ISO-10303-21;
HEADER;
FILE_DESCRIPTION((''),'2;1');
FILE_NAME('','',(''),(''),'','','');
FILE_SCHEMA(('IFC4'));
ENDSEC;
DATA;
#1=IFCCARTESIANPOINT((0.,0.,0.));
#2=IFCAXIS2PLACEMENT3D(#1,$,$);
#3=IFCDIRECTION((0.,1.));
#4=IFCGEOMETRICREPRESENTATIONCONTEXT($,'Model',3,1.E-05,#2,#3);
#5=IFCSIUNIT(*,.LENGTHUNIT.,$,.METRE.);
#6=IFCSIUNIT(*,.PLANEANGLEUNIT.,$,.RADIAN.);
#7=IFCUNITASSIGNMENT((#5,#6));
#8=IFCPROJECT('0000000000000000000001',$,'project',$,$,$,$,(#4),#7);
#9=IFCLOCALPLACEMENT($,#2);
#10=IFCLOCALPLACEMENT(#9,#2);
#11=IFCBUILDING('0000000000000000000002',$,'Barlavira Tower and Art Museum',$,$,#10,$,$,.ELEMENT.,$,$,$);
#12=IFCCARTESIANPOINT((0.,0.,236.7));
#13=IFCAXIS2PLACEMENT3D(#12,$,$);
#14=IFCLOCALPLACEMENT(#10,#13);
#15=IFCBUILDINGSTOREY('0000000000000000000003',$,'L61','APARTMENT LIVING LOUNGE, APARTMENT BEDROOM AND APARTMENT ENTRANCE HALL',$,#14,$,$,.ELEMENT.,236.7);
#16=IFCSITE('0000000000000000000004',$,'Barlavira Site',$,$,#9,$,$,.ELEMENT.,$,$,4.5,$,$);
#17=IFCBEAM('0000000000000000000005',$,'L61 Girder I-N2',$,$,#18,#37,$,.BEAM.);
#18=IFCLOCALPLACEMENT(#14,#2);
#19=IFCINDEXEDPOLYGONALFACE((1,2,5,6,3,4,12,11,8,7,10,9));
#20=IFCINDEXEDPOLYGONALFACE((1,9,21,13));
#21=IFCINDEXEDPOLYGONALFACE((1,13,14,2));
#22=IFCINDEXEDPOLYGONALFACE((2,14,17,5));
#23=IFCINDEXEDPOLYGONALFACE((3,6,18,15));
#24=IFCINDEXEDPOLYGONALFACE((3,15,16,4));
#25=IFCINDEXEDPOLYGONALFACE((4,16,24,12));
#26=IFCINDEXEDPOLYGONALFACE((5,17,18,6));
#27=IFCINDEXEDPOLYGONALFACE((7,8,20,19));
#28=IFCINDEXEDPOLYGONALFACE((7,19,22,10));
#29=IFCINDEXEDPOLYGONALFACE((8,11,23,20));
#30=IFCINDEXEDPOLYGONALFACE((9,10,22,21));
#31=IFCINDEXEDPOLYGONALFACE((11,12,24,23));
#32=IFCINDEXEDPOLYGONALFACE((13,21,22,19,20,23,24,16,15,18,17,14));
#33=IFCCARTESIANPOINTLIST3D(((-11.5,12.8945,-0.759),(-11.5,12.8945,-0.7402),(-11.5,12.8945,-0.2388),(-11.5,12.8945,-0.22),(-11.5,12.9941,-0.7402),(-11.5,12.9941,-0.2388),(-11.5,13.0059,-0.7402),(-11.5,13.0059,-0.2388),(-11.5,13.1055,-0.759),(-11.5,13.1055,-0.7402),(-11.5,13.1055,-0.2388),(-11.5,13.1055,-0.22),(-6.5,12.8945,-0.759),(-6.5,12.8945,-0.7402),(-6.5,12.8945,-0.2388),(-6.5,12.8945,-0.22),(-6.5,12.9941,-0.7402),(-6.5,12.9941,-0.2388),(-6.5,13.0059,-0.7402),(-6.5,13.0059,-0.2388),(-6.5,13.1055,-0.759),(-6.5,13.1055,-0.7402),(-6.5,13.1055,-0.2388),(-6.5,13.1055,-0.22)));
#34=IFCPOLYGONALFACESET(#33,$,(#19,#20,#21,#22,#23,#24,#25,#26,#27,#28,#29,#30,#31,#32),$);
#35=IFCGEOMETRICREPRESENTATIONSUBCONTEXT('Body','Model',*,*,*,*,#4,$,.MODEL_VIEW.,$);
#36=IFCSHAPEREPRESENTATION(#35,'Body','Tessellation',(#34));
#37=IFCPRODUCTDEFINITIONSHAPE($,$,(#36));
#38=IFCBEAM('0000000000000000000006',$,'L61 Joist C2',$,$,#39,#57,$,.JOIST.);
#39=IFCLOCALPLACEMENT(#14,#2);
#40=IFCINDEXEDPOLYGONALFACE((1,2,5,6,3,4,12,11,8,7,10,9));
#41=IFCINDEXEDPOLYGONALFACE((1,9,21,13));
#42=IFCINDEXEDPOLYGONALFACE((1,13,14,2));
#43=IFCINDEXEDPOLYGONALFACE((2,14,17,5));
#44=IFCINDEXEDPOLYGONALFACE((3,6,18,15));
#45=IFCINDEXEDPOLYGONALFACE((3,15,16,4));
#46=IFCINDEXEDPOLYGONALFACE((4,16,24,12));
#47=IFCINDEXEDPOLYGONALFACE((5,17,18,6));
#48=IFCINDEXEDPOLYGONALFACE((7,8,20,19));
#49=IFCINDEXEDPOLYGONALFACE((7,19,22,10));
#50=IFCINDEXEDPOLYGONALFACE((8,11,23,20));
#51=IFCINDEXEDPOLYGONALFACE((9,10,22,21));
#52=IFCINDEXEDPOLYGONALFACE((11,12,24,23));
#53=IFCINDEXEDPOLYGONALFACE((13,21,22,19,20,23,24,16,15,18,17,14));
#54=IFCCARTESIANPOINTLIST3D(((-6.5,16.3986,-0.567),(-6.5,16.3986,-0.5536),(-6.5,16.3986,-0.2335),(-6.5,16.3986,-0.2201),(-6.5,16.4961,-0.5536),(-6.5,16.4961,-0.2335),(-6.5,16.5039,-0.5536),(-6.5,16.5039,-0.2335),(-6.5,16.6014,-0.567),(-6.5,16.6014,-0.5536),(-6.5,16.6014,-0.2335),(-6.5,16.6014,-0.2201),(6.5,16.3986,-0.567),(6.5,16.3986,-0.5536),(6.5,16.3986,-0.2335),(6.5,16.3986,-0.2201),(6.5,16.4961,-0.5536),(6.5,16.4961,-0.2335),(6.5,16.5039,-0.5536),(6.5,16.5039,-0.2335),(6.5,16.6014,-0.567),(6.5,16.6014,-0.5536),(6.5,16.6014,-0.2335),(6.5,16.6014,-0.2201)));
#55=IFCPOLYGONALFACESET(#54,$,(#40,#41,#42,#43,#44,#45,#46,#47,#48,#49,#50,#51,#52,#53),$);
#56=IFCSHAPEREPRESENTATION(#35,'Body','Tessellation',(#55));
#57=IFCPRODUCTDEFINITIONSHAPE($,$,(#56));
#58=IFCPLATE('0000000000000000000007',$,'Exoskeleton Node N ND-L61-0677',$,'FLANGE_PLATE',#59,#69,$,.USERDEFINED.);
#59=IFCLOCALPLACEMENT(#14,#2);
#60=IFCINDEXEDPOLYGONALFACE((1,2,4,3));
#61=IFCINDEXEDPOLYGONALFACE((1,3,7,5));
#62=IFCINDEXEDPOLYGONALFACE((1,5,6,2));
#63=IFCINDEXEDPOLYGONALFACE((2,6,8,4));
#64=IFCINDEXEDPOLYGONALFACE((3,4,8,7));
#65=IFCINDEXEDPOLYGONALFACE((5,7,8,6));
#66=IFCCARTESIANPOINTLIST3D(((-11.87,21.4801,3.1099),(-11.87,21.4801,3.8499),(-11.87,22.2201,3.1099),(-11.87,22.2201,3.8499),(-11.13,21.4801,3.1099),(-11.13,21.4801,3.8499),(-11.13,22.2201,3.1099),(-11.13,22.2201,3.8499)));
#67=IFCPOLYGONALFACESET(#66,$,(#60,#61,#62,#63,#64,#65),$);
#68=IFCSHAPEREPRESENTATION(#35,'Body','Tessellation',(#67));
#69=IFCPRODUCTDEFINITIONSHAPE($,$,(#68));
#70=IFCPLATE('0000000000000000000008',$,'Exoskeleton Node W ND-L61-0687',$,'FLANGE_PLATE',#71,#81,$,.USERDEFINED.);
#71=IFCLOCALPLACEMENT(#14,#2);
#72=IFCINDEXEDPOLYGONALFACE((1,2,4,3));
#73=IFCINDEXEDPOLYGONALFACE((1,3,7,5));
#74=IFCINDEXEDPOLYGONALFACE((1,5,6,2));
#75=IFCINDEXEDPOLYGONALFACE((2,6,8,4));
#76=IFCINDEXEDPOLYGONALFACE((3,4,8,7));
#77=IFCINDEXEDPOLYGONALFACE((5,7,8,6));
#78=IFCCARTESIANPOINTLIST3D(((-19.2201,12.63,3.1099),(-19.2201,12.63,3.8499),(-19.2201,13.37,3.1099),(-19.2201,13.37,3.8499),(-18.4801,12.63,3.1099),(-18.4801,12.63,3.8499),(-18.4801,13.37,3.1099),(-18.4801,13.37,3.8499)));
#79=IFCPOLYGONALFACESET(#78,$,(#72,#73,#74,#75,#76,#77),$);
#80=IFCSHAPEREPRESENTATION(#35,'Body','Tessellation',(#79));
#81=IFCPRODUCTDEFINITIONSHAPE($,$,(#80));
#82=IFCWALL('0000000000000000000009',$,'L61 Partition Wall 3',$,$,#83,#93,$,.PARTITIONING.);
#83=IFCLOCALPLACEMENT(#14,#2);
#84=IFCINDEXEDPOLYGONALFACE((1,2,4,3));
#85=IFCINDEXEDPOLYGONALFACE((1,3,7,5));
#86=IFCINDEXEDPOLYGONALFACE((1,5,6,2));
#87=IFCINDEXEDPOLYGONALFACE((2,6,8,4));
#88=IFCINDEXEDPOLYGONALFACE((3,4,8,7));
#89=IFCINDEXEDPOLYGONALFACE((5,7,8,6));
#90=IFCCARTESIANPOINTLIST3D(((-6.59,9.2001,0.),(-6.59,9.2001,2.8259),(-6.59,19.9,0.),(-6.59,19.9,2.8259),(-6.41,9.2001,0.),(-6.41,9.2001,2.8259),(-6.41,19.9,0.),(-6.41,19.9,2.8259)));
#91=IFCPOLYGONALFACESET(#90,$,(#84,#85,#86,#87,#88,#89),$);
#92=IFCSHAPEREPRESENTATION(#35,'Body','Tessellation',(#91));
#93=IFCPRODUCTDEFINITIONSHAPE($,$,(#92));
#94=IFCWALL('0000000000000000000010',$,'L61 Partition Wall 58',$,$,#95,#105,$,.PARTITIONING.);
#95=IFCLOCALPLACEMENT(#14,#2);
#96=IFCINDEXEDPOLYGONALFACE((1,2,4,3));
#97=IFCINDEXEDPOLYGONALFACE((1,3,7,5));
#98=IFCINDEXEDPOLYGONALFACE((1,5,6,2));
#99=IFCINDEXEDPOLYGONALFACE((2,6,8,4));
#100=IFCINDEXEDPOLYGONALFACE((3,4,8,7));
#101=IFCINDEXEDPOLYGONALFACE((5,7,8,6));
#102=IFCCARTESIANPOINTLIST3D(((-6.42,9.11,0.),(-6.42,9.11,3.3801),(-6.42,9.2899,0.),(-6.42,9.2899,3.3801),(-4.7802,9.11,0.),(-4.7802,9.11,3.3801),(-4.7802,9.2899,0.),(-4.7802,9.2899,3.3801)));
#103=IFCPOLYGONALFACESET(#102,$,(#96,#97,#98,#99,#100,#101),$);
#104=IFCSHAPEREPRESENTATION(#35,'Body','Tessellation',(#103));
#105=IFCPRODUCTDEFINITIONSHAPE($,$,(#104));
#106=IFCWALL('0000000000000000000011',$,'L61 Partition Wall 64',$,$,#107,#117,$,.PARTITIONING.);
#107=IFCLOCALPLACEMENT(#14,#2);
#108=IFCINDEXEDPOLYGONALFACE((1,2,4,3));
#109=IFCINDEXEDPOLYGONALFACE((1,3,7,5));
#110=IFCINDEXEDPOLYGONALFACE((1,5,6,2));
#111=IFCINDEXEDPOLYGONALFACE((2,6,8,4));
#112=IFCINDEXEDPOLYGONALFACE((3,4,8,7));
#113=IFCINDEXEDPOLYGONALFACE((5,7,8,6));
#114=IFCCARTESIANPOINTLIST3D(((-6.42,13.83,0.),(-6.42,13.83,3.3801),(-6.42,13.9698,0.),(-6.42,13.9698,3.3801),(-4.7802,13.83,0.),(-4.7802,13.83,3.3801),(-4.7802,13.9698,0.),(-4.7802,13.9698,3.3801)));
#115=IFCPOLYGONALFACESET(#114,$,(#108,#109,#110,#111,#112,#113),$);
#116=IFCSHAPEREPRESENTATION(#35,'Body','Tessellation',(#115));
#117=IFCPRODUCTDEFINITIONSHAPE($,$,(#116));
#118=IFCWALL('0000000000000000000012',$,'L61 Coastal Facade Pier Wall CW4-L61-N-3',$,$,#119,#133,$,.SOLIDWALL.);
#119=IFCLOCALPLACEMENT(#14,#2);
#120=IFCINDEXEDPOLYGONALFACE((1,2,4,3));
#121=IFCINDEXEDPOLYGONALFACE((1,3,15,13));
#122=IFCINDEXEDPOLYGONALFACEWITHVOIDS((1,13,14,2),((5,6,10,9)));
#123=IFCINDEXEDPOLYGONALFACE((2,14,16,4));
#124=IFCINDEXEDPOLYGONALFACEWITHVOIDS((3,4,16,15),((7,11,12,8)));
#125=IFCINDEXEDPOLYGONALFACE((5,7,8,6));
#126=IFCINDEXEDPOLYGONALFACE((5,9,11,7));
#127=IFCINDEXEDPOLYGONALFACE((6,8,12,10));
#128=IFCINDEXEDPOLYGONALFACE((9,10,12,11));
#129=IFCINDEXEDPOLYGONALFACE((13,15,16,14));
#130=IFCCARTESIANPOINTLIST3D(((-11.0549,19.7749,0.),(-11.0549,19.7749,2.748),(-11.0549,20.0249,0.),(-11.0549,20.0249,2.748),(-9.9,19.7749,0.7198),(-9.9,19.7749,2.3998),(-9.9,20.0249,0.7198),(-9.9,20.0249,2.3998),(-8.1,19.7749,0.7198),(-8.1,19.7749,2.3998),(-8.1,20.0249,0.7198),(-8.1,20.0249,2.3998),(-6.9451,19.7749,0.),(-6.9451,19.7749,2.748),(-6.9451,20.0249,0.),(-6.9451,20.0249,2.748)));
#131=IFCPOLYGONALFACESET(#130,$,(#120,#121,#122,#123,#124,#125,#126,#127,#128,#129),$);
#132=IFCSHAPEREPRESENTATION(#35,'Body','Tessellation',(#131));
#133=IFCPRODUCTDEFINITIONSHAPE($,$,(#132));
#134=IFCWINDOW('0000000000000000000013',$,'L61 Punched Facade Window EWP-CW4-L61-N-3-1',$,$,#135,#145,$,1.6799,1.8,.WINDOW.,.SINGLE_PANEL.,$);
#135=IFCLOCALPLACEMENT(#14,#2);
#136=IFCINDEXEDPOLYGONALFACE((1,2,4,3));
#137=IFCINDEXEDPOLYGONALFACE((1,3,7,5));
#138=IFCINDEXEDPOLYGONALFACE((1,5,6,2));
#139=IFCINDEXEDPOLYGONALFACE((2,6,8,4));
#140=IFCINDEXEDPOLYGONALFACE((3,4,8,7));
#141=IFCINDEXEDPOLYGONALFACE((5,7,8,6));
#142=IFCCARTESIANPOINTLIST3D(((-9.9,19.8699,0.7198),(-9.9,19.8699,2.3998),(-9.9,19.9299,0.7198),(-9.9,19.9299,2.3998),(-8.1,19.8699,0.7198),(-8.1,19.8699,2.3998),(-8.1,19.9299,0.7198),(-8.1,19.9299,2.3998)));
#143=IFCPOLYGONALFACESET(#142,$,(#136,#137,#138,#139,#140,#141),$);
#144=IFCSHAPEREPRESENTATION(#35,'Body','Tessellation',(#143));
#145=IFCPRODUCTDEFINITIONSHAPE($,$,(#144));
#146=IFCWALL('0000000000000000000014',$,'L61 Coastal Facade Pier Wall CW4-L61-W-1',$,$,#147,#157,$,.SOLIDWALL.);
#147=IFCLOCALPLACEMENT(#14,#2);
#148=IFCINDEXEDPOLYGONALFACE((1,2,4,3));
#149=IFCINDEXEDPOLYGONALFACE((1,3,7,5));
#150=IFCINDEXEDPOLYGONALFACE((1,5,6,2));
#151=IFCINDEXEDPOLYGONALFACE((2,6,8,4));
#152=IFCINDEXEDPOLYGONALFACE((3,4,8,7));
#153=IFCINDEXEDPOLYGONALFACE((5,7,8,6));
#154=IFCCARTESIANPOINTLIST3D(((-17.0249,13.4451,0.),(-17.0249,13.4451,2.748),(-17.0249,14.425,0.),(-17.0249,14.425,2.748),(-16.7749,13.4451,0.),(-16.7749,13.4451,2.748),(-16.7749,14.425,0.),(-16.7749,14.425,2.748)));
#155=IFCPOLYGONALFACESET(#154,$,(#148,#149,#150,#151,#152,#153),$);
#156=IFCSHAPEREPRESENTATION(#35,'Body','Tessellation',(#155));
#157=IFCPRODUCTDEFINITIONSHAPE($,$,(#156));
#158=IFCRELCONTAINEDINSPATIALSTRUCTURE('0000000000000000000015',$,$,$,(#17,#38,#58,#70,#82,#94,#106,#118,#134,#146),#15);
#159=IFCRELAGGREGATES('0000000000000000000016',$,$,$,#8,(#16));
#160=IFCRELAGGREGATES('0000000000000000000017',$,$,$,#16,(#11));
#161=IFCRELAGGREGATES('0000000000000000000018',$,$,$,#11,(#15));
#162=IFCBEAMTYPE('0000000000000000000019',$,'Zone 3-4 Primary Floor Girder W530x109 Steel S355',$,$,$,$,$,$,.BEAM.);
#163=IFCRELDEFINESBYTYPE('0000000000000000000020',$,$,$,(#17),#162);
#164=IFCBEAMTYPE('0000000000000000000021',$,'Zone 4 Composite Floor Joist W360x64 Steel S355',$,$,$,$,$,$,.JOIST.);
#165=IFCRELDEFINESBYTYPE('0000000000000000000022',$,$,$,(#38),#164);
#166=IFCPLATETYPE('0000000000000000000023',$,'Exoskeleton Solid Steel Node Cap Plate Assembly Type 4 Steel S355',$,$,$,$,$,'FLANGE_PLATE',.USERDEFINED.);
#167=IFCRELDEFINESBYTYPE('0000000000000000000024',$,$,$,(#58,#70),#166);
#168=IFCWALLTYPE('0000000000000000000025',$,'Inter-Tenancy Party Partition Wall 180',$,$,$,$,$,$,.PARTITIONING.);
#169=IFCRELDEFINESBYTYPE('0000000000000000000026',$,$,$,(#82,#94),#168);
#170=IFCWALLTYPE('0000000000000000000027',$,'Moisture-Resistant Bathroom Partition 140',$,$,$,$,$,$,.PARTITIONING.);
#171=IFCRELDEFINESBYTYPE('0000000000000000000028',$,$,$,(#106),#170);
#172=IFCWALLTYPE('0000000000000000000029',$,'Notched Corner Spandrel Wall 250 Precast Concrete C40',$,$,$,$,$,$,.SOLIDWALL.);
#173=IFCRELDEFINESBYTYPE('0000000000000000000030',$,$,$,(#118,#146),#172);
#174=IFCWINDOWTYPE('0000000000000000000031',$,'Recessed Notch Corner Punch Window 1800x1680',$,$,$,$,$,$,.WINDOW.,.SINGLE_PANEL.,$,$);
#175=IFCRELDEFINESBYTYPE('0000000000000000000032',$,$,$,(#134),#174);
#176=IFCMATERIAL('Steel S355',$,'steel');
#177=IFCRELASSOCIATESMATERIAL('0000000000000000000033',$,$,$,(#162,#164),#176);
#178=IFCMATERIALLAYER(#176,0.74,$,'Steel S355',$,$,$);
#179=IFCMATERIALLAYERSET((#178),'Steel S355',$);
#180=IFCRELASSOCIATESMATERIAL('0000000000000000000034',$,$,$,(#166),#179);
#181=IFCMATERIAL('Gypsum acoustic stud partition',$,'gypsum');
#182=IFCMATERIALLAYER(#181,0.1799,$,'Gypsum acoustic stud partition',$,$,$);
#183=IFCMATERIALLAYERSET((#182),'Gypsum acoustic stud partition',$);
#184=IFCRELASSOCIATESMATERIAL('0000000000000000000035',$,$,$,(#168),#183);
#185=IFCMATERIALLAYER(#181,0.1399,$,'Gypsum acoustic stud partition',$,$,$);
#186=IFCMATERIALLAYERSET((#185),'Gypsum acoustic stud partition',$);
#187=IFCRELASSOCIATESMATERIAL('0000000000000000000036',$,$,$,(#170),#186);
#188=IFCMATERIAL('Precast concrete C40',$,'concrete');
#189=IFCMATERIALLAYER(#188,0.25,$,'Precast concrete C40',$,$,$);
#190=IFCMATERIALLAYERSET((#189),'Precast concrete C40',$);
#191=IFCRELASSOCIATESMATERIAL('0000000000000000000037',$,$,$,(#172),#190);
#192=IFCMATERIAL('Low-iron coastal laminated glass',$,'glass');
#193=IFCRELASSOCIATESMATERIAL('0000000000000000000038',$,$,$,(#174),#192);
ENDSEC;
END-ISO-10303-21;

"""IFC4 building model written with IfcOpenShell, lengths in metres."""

from ifc_helpers import new_model, si_unit, direction, frame, frame_2d, origin, origin_2d, place, context, subcontext, project, spatial, rectangle, i_section, extrude, material, layer, layer_set, material_profile, profile_set, type_object, element, fill, save


model = new_model("IFC4")

# Units and contexts
model_context = context("Model", 3, precision=1e-05, world=origin(), true_north=direction((0.0, 1.0)))
body_context = subcontext(model_context, "Body", "Model", "MODEL_VIEW")
ifc_project = project(units=[si_unit("LENGTHUNIT", "METRE"), si_unit("PLANEANGLEUNIT", "RADIAN")], contexts=[model_context])

# Site, building, storey
site_placement = place(None, origin())
site = spatial("IfcSite", under=ifc_project, at=site_placement, Name="Barlavira Site", CompositionType="ELEMENT", RefElevation=4.5)
building_placement = place(site_placement, origin())
building = spatial("IfcBuilding", under=site, at=building_placement, Name="Barlavira Tower and Art Museum", CompositionType="ELEMENT")
storey_placement = place(building_placement, frame((0.0, 0.0, 236.7)))
storey = spatial("IfcBuildingStorey", under=building, at=storey_placement, Name="L61", Description="APARTMENT LIVING LOUNGE, APARTMENT BEDROOM AND APARTMENT ENTRANCE HALL", CompositionType="ELEMENT", Elevation=236.7)

# Beams
ifc_material_1 = material(Name="Steel S355", Category="steel")
ifc_material_profile_1 = material_profile(ifc_material_1, i_section(OverallWidth=0.2109, OverallDepth=0.5391, WebThickness=0.0117, FlangeThickness=0.0188, at=origin_2d()), Name="W530x109.0")
ifc_profile_set_1 = profile_set([ifc_material_profile_1], Name="Steel S355")
beam_type_1 = type_object("IfcBeamType", Name="Zone 3-4 Primary Floor Girder W530x109 Steel S355", PredefinedType="BEAM", material=ifc_profile_set_1)
beam_1_placement = place(storey_placement, frame((-11.5, 13.0, -0.4895), z_axis=(1.0, 0.0, 0.0), x_axis=(0.0, 1.0, 0.0)))
element("IfcBeam", 1, at=beam_1_placement, inside=storey, type_object=beam_type_1, Name="L61 Girder I-N2", PredefinedType="BEAM", context=body_context, shape_type="SweptSolid", body=[
    extrude(i_section(OverallWidth=0.2109, OverallDepth=0.5391, WebThickness=0.0117, FlangeThickness=0.0188, at=origin_2d()), origin(), (0.0, 0.0, 1.0), 5.0),
])
ifc_material_profile_2 = material_profile(ifc_material_1, i_section(OverallWidth=0.2029, OverallDepth=0.3469, WebThickness=0.0078, FlangeThickness=0.0134, at=origin_2d()), Name="W360x64.0")
ifc_profile_set_2 = profile_set([ifc_material_profile_2], Name="Steel S355")
beam_type_2 = type_object("IfcBeamType", Name="Zone 4 Composite Floor Joist W360x64 Steel S355", PredefinedType="JOIST", material=ifc_profile_set_2)
beam_2_placement = place(storey_placement, frame((-6.5, 16.5, -0.3936), z_axis=(1.0, 0.0, 0.0), x_axis=(0.0, 1.0, 0.0)))
element("IfcBeam", 2, at=beam_2_placement, inside=storey, type_object=beam_type_2, Name="L61 Joist C2", PredefinedType="JOIST", context=body_context, shape_type="SweptSolid", body=[
    extrude(i_section(OverallWidth=0.2029, OverallDepth=0.3469, WebThickness=0.0078, FlangeThickness=0.0134, at=origin_2d()), origin(), (0.0, 0.0, 1.0), 13.0),
])

# Plates
ifc_layer_1 = layer(ifc_material_1, 0.74, Name="Steel S355")
ifc_layer_set_1 = layer_set([ifc_layer_1], Name="Steel S355")
plate_type = type_object("IfcPlateType", Name="Exoskeleton Solid Steel Node Cap Plate Assembly Type 4 Steel S355", ElementType="FLANGE_PLATE", PredefinedType="USERDEFINED", material=ifc_layer_set_1)
for number, where, z_axis, x_axis, name in (
    (3, (-11.5, 21.8501, 3.1099), (0.0, 0.0, 1.0), (1.0, 0.0, 0.0), "Exoskeleton Node N ND-L61-0677"),
    (4, (-18.8501, 13.0, 3.1099), (0.0, 0.0, 1.0), (1.0, 0.0, 0.0), "Exoskeleton Node W ND-L61-0687"),
):
    element("IfcPlate", number, at=place(storey_placement, frame(where, z_axis=z_axis, x_axis=x_axis)), inside=storey, type_object=plate_type, Name=name, ObjectType="FLANGE_PLATE", PredefinedType="USERDEFINED", context=body_context, shape_type="SweptSolid", body=[
        extrude(rectangle(XDim=0.74, YDim=0.74, at=origin_2d()), origin(), (0.0, 0.0, 1.0), 0.74),
    ])

# Walls
ifc_material_2 = material(Name="Gypsum acoustic stud partition", Category="gypsum")
ifc_layer_2 = layer(ifc_material_2, 0.1799, Name="Gypsum acoustic stud partition")
ifc_layer_set_2 = layer_set([ifc_layer_2], Name="Gypsum acoustic stud partition")
wall_type_1 = type_object("IfcWallType", Name="Inter-Tenancy Party Partition Wall 180", PredefinedType="PARTITIONING", material=ifc_layer_set_2)
wall_1_placement = place(storey_placement, frame((-6.5, 9.2, 0.0), z_axis=(0.0, 0.0, 1.0), x_axis=(0.0, 1.0, 0.0)))
element("IfcWall", 5, at=wall_1_placement, inside=storey, type_object=wall_type_1, Name="L61 Partition Wall 3", PredefinedType="PARTITIONING", context=body_context, shape_type="SweptSolid", body=[
    extrude(rectangle(XDim=10.7, YDim=0.1799, at=frame_2d((5.3501, 0.0))), origin(), (0.0, 0.0, 1.0), 2.8259),
])
wall_2_placement = place(storey_placement, frame((-6.4199, 9.2, 0.0), z_axis=(0.0, 0.0, 1.0), x_axis=(1.0, 0.0, 0.0)))
element("IfcWall", 6, at=wall_2_placement, inside=storey, type_object=wall_type_1, Name="L61 Partition Wall 58", PredefinedType="PARTITIONING", context=body_context, shape_type="SweptSolid", body=[
    extrude(rectangle(XDim=1.6399, YDim=0.1799, at=frame_2d((0.8198, 0.0))), origin(), (0.0, 0.0, 1.0), 3.3801),
])
ifc_layer_3 = layer(ifc_material_2, 0.1399, Name="Gypsum acoustic stud partition")
ifc_layer_set_3 = layer_set([ifc_layer_3], Name="Gypsum acoustic stud partition")
wall_type_2 = type_object("IfcWallType", Name="Moisture-Resistant Bathroom Partition 140", PredefinedType="PARTITIONING", material=ifc_layer_set_3)
wall_3_placement = place(storey_placement, frame((-6.4199, 13.8999, 0.0), z_axis=(0.0, 0.0, 1.0), x_axis=(1.0, 0.0, 0.0)))
element("IfcWall", 7, at=wall_3_placement, inside=storey, type_object=wall_type_2, Name="L61 Partition Wall 64", PredefinedType="PARTITIONING", context=body_context, shape_type="SweptSolid", body=[
    extrude(rectangle(XDim=1.6399, YDim=0.1399, at=frame_2d((0.8198, 0.0))), origin(), (0.0, 0.0, 1.0), 3.3801),
])

# Wall, opening, window
ifc_material_3 = material(Name="Precast concrete C40", Category="concrete")
ifc_layer_4 = layer(ifc_material_3, 0.25, Name="Precast concrete C40")
ifc_layer_set_4 = layer_set([ifc_layer_4], Name="Precast concrete C40")
wall_type_3 = type_object("IfcWallType", Name="Notched Corner Spandrel Wall 250 Precast Concrete C40", PredefinedType="SOLIDWALL", material=ifc_layer_set_4)
wall_4_placement = place(storey_placement, frame((-6.9451, 19.8999, 0.0), z_axis=(0.0, 0.0, 1.0), x_axis=(-1.0, 0.0, 0.0)))
wall_4 = element("IfcWall", 8, at=wall_4_placement, inside=storey, type_object=wall_type_3, Name="L61 Coastal Facade Pier Wall CW4-L61-N-3", PredefinedType="SOLIDWALL", context=body_context, shape_type="SweptSolid", body=[
    extrude(rectangle(XDim=4.1099, YDim=0.25, at=frame_2d((2.0549, 0.0))), origin(), (0.0, 0.0, 1.0), 2.748),
])
opening_1_placement = place(wall_4_placement, frame((1.155, 0.0, 0.72)))
opening_1 = element("IfcOpeningElement", 9, at=opening_1_placement, cuts=wall_4, PredefinedType="OPENING", context=body_context, shape_type="SweptSolid", body=[
    extrude(rectangle(XDim=1.8, YDim=1.6799, at=frame_2d((0.8999, 0.8398))), frame((0.0, 0.135, 0.0), z_axis=(0.0, -1.0, 0.0), x_axis=(1.0, 0.0, 0.0)), (0.0, 0.0, 1.0), 0.27),
])
ifc_material_4 = material(Name="Low-iron coastal laminated glass", Category="glass")
window_type = type_object("IfcWindowType", Name="Recessed Notch Corner Punch Window 1800x1680", PartitioningType="SINGLE_PANEL", PredefinedType="WINDOW", material=ifc_material_4)
window_1_placement = place(opening_1_placement, origin())
window_1 = element("IfcWindow", 10, at=window_1_placement, inside=storey, type_object=window_type, Name="L61 Punched Facade Window EWP-CW4-L61-N-3-1", OverallHeight=1.6799, OverallWidth=1.8, PartitioningType="SINGLE_PANEL", PredefinedType="WINDOW", context=body_context, shape_type="SweptSolid", body=[
    extrude(rectangle(XDim=1.8, YDim=1.6799, at=frame_2d((0.8999, 0.8398))), frame((0.0, 0.03, 0.0), z_axis=(0.0, -1.0, 0.0), x_axis=(1.0, 0.0, 0.0)), (0.0, 0.0, 1.0), 0.0601),
])
fill(opening_1, window_1)

# Wall
wall_5_placement = place(storey_placement, frame((-16.8999, 14.425, 0.0), z_axis=(0.0, 0.0, 1.0), x_axis=(0.0, -1.0, 0.0)))
element("IfcWall", 11, at=wall_5_placement, inside=storey, type_object=wall_type_3, Name="L61 Coastal Facade Pier Wall CW4-L61-W-1", PredefinedType="SOLIDWALL", context=body_context, shape_type="SweptSolid", body=[
    extrude(rectangle(XDim=0.98, YDim=0.25, at=frame_2d((0.49, 0.0))), origin(), (0.0, 0.0, 1.0), 2.748),
])

save(model, "model.ifc")
